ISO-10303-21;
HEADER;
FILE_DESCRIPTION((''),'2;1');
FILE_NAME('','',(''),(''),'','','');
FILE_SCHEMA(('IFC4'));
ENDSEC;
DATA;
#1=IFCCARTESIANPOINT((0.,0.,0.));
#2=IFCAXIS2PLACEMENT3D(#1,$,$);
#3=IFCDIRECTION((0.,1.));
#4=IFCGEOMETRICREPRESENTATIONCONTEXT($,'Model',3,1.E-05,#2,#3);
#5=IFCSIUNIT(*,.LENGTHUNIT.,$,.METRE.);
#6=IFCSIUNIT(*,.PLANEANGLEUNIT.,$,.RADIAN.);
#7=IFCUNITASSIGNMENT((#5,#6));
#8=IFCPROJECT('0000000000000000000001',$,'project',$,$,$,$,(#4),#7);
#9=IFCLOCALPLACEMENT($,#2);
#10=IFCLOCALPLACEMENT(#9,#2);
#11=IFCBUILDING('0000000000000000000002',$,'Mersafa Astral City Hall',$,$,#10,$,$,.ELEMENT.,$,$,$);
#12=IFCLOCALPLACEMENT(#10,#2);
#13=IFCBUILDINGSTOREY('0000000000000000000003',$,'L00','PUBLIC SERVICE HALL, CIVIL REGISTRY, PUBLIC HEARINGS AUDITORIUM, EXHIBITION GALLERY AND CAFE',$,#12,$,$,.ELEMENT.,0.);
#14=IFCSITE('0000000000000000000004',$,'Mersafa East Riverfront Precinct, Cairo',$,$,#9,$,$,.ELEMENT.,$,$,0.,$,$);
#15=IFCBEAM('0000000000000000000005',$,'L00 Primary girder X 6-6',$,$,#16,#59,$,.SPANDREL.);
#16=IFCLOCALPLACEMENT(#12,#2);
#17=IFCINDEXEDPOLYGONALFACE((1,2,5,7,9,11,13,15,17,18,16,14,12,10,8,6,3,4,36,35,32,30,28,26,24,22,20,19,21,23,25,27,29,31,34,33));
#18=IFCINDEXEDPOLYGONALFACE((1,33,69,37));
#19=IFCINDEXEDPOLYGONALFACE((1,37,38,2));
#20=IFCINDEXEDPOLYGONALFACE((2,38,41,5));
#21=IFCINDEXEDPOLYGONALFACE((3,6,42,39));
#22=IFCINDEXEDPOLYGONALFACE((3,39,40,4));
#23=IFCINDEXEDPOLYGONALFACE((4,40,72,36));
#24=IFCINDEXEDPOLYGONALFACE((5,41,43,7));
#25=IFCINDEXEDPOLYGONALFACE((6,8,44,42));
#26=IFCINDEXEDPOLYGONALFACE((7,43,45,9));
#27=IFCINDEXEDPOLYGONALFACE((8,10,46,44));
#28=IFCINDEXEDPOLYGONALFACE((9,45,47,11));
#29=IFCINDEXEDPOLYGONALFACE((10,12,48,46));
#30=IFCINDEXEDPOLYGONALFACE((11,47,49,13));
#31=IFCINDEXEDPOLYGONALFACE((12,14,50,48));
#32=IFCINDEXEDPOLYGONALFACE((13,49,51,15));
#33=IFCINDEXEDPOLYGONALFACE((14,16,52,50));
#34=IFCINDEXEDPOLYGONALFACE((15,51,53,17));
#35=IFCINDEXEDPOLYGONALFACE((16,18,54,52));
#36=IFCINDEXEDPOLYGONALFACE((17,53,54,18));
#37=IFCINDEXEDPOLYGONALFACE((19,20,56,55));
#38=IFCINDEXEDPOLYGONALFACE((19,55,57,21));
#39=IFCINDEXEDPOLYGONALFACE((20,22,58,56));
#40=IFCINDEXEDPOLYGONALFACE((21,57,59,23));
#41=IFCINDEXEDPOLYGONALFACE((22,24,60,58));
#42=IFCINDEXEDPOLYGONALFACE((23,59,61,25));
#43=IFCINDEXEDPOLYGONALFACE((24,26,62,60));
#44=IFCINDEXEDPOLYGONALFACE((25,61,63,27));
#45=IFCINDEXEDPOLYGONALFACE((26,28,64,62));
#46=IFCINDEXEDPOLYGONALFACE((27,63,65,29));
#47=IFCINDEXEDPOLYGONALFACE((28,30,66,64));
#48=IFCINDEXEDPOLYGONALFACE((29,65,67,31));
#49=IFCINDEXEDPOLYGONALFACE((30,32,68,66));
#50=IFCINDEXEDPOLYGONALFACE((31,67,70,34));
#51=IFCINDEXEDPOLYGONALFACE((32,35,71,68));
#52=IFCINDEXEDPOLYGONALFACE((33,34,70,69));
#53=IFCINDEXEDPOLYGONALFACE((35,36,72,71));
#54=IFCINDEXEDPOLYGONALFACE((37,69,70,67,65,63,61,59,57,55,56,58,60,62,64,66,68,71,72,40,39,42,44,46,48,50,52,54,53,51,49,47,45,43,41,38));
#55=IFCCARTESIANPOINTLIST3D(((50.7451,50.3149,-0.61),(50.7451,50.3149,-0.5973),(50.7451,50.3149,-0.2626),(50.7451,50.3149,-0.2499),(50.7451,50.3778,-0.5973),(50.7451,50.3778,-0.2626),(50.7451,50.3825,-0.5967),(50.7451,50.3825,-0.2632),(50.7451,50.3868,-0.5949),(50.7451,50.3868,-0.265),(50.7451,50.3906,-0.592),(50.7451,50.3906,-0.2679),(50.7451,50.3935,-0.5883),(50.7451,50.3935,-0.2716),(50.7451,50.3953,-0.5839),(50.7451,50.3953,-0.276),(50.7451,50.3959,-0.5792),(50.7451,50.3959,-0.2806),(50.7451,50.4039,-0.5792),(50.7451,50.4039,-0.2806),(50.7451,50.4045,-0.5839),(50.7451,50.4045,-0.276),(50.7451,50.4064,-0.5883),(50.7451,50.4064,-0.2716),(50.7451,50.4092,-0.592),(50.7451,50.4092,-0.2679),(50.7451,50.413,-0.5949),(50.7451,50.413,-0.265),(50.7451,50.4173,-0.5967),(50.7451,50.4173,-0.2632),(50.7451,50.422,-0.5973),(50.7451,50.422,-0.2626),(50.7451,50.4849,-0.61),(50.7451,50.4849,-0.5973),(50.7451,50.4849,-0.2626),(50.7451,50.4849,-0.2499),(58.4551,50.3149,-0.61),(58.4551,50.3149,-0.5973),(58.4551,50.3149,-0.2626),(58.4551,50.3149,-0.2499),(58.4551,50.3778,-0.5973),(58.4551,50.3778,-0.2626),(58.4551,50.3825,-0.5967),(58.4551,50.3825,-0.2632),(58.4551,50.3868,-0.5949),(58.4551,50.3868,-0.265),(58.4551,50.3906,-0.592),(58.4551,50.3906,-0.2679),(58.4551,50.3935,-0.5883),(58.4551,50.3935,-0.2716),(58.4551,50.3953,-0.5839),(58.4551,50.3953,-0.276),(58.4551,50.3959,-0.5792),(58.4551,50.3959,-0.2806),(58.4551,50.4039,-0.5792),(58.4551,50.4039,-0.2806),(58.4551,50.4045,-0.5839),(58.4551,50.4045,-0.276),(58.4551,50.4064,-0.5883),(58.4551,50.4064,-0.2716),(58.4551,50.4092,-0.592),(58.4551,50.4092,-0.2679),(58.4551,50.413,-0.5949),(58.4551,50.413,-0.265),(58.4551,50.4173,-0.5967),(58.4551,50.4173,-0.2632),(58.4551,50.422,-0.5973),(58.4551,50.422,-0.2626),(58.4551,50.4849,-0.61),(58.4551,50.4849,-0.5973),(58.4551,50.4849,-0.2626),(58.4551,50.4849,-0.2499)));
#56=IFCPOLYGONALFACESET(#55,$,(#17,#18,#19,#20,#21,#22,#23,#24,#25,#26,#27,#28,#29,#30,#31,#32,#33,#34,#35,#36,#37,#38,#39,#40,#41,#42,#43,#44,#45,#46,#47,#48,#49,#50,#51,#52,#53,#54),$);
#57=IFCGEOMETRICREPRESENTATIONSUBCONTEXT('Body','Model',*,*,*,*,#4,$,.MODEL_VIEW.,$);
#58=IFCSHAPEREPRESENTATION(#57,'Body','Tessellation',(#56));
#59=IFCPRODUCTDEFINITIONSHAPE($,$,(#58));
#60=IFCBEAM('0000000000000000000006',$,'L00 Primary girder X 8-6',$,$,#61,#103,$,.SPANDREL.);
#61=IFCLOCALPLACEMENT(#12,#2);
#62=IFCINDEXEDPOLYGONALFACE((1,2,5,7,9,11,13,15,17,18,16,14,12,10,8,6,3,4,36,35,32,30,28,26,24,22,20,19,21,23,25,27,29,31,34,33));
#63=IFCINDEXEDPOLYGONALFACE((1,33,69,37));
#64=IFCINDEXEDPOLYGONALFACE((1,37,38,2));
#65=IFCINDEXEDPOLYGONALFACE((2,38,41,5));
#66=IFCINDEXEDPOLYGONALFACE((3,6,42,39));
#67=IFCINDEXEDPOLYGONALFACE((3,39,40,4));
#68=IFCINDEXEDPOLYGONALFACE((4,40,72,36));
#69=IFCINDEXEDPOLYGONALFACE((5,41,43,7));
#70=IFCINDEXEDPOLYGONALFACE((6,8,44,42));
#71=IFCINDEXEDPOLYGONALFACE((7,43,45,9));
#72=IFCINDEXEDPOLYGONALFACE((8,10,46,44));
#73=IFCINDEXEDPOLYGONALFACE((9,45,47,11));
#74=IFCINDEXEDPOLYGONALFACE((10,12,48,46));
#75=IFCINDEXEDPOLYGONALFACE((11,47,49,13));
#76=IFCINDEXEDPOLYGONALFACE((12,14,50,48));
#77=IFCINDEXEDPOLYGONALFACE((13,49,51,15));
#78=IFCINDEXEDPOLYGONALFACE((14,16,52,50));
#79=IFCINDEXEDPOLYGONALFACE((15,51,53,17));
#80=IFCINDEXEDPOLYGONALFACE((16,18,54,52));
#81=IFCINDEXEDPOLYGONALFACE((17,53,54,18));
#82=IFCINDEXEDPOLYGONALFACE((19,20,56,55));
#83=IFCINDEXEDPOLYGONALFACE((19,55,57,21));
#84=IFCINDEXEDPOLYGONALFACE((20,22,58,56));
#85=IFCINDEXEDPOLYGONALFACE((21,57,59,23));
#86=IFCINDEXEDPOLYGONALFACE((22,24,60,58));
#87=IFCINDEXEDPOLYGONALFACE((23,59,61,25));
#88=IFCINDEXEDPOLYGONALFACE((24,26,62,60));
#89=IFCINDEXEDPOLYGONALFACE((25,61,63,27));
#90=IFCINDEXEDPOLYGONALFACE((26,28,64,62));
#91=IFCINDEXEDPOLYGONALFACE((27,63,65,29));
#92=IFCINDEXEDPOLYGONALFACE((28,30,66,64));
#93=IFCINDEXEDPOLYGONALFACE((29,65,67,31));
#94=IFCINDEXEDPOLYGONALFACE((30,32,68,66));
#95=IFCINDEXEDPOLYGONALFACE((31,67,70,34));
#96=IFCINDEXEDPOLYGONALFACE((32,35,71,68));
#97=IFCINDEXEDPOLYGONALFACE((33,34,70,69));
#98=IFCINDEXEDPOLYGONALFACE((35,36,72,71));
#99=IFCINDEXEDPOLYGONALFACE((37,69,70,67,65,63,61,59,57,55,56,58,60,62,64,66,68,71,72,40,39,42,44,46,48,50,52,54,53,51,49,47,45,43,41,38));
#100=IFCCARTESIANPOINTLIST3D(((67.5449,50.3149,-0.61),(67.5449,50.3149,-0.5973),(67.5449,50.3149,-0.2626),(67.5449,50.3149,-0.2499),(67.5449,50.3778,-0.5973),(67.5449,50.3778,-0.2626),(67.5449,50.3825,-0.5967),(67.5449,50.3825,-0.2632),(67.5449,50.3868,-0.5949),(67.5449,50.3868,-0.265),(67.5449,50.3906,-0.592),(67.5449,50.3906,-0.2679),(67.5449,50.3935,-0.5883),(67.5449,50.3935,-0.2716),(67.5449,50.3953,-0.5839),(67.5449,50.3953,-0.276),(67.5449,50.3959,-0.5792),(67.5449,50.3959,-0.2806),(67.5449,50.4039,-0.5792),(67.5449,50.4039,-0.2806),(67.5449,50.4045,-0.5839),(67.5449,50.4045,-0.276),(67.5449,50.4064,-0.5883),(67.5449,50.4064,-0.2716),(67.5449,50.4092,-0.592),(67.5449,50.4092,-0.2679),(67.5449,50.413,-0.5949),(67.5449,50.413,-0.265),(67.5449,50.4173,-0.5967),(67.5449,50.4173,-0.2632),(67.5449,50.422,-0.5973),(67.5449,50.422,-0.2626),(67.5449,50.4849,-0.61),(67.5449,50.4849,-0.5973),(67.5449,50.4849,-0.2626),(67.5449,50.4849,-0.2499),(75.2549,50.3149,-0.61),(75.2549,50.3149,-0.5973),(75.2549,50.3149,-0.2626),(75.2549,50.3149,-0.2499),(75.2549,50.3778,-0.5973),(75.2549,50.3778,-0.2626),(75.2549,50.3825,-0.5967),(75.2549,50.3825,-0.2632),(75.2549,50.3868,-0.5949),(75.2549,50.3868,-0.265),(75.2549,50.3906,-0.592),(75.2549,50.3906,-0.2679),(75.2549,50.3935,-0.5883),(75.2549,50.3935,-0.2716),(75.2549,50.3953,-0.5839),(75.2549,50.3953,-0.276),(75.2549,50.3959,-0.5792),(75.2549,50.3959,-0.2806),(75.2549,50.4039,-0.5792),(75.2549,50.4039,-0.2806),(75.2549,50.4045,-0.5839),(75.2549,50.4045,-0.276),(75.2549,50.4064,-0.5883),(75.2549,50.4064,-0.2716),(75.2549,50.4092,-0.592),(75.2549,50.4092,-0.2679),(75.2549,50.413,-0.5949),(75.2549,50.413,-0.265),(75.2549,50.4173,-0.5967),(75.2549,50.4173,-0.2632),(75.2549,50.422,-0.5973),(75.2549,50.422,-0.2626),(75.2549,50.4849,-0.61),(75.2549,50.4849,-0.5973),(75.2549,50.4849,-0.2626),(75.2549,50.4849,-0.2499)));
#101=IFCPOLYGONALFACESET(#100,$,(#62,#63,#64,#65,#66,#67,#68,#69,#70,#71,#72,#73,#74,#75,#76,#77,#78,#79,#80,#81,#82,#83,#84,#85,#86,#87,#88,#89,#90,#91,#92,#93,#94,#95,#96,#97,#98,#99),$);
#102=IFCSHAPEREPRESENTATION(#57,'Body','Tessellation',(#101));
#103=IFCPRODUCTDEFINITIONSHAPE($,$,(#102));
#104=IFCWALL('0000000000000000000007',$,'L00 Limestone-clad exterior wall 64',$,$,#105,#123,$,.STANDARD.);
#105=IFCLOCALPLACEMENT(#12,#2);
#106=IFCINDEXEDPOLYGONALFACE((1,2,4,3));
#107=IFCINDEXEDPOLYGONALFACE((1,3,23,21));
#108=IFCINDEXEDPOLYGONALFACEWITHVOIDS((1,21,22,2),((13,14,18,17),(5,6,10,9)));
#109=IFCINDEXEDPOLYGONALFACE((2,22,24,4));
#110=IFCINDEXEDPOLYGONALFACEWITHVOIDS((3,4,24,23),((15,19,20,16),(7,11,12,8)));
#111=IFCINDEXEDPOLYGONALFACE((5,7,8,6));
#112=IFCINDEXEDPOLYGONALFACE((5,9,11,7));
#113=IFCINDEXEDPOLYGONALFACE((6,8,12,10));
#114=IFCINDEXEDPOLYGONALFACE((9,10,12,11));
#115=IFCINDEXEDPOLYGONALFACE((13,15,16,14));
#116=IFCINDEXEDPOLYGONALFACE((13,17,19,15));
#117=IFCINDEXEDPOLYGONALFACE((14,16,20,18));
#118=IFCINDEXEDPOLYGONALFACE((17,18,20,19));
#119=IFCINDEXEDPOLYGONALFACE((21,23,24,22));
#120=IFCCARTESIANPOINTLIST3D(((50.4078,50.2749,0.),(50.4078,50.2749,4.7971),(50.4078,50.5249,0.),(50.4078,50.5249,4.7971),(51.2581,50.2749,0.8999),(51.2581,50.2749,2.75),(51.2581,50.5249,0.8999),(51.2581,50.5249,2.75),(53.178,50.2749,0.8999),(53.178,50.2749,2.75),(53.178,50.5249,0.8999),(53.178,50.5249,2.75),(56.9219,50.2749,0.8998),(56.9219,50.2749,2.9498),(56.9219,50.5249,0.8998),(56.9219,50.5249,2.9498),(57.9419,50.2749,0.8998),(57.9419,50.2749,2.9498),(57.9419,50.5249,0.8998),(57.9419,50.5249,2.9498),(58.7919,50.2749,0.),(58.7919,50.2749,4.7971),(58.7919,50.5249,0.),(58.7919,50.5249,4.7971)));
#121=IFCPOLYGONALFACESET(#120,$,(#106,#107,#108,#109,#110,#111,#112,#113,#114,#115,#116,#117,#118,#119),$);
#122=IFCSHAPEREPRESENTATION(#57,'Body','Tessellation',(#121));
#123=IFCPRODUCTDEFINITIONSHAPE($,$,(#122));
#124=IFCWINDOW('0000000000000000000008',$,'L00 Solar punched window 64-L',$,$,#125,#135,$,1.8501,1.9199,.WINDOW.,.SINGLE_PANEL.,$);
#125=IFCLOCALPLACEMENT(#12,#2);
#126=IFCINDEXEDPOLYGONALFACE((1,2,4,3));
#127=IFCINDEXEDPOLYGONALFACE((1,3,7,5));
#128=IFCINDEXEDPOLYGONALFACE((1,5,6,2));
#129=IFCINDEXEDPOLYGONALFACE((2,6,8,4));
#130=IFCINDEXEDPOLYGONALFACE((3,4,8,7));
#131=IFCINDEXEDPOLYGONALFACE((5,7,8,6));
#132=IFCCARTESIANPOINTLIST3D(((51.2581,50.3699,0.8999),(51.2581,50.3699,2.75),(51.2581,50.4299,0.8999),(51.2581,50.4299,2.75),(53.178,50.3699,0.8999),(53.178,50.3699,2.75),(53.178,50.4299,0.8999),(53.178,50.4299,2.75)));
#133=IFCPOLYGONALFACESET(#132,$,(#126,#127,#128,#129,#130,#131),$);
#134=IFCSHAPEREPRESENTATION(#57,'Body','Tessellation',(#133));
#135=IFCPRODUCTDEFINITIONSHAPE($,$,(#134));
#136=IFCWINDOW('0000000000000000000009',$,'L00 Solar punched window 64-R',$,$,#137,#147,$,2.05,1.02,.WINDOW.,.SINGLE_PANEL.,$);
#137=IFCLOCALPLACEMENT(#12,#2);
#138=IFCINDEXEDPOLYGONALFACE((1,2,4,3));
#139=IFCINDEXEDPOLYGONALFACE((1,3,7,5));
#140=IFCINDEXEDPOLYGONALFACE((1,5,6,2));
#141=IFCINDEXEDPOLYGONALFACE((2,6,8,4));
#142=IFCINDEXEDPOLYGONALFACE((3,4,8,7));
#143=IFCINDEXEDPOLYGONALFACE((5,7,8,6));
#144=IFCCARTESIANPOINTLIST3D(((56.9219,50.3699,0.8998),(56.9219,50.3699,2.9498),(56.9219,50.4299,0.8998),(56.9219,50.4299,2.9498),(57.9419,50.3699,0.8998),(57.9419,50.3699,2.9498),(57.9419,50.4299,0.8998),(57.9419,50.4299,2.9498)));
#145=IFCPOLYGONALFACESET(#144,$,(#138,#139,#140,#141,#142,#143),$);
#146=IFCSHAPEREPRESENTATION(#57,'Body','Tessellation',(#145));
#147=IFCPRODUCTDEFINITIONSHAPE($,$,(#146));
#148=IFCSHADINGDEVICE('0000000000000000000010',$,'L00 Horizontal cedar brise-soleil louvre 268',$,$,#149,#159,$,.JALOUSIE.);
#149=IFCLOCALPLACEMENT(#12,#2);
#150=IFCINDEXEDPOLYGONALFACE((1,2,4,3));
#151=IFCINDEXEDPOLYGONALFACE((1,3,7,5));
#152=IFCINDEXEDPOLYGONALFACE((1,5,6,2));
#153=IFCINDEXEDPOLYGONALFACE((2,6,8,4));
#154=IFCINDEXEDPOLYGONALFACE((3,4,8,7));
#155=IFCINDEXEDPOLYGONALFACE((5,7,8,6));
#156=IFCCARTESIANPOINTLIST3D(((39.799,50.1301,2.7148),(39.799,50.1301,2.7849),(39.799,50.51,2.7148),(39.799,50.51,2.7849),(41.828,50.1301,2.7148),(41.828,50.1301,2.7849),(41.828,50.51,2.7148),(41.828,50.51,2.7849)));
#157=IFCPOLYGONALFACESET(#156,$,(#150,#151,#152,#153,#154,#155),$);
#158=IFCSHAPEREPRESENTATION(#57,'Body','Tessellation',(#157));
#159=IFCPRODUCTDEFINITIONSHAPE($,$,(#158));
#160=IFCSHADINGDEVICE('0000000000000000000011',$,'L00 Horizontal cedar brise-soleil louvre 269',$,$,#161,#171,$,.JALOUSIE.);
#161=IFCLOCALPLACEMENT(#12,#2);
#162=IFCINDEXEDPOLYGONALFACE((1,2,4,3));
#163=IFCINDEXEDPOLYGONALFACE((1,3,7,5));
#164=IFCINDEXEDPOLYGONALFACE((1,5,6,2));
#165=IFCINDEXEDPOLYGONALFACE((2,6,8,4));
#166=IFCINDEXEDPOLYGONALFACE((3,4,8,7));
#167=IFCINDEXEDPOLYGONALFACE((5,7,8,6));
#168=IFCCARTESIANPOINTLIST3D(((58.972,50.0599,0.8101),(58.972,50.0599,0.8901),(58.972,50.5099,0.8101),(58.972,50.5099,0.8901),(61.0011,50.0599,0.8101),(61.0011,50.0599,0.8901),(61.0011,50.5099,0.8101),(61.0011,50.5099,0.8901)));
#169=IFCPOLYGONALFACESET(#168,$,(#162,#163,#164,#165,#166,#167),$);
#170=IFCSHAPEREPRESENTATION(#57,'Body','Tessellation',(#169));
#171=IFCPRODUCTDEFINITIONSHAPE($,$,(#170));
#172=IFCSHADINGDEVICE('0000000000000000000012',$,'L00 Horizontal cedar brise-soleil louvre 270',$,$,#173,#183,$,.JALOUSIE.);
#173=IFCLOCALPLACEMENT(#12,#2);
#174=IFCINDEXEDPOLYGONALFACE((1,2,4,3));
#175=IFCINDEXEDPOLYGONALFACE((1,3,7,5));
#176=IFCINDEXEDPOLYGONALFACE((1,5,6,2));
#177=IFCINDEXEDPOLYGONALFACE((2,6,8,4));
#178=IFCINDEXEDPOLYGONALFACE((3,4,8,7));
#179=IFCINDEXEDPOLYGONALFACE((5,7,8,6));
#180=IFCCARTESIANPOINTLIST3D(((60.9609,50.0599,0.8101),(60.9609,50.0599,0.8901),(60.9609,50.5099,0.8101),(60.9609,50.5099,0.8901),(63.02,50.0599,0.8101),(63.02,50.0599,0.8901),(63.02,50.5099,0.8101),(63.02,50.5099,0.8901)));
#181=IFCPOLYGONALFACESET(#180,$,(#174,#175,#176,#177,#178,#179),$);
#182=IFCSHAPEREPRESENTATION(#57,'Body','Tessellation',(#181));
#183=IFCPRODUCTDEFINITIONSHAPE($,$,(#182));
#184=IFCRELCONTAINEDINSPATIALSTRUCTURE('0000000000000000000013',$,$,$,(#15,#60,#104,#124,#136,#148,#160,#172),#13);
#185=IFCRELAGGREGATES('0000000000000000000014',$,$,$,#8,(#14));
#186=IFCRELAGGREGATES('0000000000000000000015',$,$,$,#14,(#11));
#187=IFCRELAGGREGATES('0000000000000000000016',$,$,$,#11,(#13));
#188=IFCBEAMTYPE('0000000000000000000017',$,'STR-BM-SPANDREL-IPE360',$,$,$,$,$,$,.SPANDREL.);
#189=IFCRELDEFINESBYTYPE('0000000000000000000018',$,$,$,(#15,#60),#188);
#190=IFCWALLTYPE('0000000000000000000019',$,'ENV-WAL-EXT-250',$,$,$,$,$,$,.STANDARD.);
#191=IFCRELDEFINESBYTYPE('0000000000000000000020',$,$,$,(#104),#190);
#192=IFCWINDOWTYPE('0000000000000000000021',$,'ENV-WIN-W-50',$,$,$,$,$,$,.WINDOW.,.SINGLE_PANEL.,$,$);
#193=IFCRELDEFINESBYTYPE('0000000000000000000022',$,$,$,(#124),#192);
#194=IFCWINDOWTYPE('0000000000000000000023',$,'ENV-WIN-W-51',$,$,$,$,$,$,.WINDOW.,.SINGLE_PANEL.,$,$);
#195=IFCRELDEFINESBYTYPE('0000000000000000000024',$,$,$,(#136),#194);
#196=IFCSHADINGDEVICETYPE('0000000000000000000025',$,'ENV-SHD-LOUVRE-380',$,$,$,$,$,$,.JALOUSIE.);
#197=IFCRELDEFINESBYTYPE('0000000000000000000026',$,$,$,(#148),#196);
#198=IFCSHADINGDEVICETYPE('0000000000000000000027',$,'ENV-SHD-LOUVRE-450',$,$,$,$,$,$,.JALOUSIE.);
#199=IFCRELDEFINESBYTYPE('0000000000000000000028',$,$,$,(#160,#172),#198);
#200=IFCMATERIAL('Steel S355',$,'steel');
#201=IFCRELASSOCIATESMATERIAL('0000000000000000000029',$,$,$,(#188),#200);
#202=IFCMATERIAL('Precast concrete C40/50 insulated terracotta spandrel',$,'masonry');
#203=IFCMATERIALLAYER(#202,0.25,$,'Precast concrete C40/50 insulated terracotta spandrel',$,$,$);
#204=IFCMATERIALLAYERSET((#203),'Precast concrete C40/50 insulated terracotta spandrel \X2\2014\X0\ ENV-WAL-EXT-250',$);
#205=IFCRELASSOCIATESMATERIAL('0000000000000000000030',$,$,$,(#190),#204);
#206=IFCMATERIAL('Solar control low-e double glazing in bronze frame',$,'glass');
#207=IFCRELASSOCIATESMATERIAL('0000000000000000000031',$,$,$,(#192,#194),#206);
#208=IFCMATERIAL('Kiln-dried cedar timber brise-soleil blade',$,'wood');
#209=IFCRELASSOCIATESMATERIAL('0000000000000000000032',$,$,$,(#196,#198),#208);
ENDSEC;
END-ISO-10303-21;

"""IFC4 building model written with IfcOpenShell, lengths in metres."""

from ifc_helpers import new_model, si_unit, direction, frame, frame_2d, origin, origin_2d, place, context, subcontext, project, spatial, rectangle, i_section, extrude, material, layer, layer_set, material_profile, profile_set, type_object, element, fill, save


model = new_model("IFC4")

# Units and contexts
model_context = context("Model", 3, precision=1e-05, world=origin(), true_north=direction((0.0, 1.0)))
body_context = subcontext(model_context, "Body", "Model", "MODEL_VIEW")
ifc_project = project(units=[si_unit("LENGTHUNIT", "METRE"), si_unit("PLANEANGLEUNIT", "RADIAN")], contexts=[model_context])

# Site, building, storey
site_placement = place(None, origin())
site = spatial("IfcSite", under=ifc_project, at=site_placement, Name="Mersafa East Riverfront Precinct, Cairo", CompositionType="ELEMENT", RefElevation=0.0)
building_placement = place(site_placement, origin())
building = spatial("IfcBuilding", under=site, at=building_placement, Name="Mersafa Astral City Hall", CompositionType="ELEMENT")
storey_placement = place(building_placement, origin())
storey = spatial("IfcBuildingStorey", under=building, at=storey_placement, Name="L00", Description="PUBLIC SERVICE HALL, CIVIL REGISTRY, PUBLIC HEARINGS AUDITORIUM, EXHIBITION GALLERY AND CAFE", CompositionType="ELEMENT", Elevation=0.0)

# Shared definitions
ifc_material_1 = material(Name="Steel S355", Category="steel")

# Beams
ifc_material_profile_1 = material_profile(ifc_material_1, i_section(OverallWidth=0.1699, OverallDepth=0.3601, WebThickness=0.0081, FlangeThickness=0.0127, FilletRadius=0.0181, at=origin_2d()), Name="IPE 360")
ifc_profile_set_1 = profile_set([ifc_material_profile_1], Name="Steel S355")
beam_type_1 = type_object("IfcBeamType", Name="STR-BM-SPANDREL-IPE360", PredefinedType="SPANDREL", material=ifc_profile_set_1)
for number, where, z_axis, x_axis, name in (
    (1, (50.7451, 50.3999, -0.4299), (1.0, 0.0, 0.0), (0.0, 1.0, 0.0), "L00 Primary girder X 6-6"),
    (2, (67.5449, 50.3999, -0.4299), (1.0, 0.0, 0.0), (0.0, 1.0, 0.0), "L00 Primary girder X 8-6"),
):
    element("IfcBeam", number, at=place(storey_placement, frame(where, z_axis=z_axis, x_axis=x_axis)), inside=storey, type_object=beam_type_1, Name=name, PredefinedType="SPANDREL", context=body_context, shape_type="SweptSolid", body=[
        extrude(i_section(OverallWidth=0.1699, OverallDepth=0.3601, WebThickness=0.0081, FlangeThickness=0.0127, FilletRadius=0.0181, at=origin_2d()), origin(), (0.0, 0.0, 1.0), 7.71),
    ])

# Wall, openings, windows
ifc_material_2 = material(Name="Precast concrete C40/50 insulated terracotta spandrel", Category="masonry")
ifc_layer_1 = layer(ifc_material_2, 0.25, Name="Precast concrete C40/50 insulated terracotta spandrel")
ifc_layer_set_1 = layer_set([ifc_layer_1], Name="Precast concrete C40/50 insulated terracotta spandrel — ENV-WAL-EXT-250")
wall_type_1 = type_object("IfcWallType", Name="ENV-WAL-EXT-250", PredefinedType="STANDARD", material=ifc_layer_set_1)
wall_1_placement = place(storey_placement, frame((50.408, 50.3999, 0.0), z_axis=(0.0, 0.0, 1.0), x_axis=(1.0, 0.0, 0.0)))
wall_1 = element("IfcWall", 3, at=wall_1_placement, inside=storey, type_object=wall_type_1, Name="L00 Limestone-clad exterior wall 64", PredefinedType="STANDARD", context=body_context, shape_type="SweptSolid", body=[
    extrude(rectangle(XDim=8.384, YDim=0.25, at=frame_2d((4.1919, 0.0))), origin(), (0.0, 0.0, 1.0), 4.7971),
])
opening_1_placement = place(wall_1_placement, frame((0.8501, 0.0, 0.8999)))
opening_1 = element("IfcOpeningElement", 4, at=opening_1_placement, cuts=wall_1, PredefinedType="OPENING", context=body_context, shape_type="SweptSolid", body=[
    extrude(rectangle(XDim=1.9199, YDim=1.8501, at=frame_2d((0.96, 0.925))), frame((0.0, 0.135, 0.0), z_axis=(0.0, -1.0, 0.0), x_axis=(1.0, 0.0, 0.0)), (0.0, 0.0, 1.0), 0.27),
])
opening_2_placement = place(wall_1_placement, frame((6.5139, 0.0, 0.8999)))
opening_2 = element("IfcOpeningElement", 5, at=opening_2_placement, cuts=wall_1, PredefinedType="OPENING", context=body_context, shape_type="SweptSolid", body=[
    extrude(rectangle(XDim=1.02, YDim=2.05, at=frame_2d((0.51, 1.0249))), frame((0.0, 0.135, 0.0), z_axis=(0.0, -1.0, 0.0), x_axis=(1.0, 0.0, 0.0)), (0.0, 0.0, 1.0), 0.27),
])
ifc_material_3 = material(Name="Solar control low-e double glazing in bronze frame", Category="glass")
window_type_1 = type_object("IfcWindowType", Name="ENV-WIN-W-50", PartitioningType="SINGLE_PANEL", PredefinedType="WINDOW", material=ifc_material_3)
window_1_placement = place(opening_1_placement, origin())
window_1 = element("IfcWindow", 6, at=window_1_placement, inside=storey, type_object=window_type_1, Name="L00 Solar punched window 64-L", OverallHeight=1.8501, OverallWidth=1.9199, PartitioningType="SINGLE_PANEL", PredefinedType="WINDOW", context=body_context, shape_type="SweptSolid", body=[
    extrude(rectangle(XDim=1.9199, YDim=1.8501, at=frame_2d((0.96, 0.925))), frame((0.0, 0.03, 0.0), z_axis=(0.0, -1.0, 0.0), x_axis=(1.0, 0.0, 0.0)), (0.0, 0.0, 1.0), 0.0601),
])
fill(opening_1, window_1)
window_type_2 = type_object("IfcWindowType", Name="ENV-WIN-W-51", PartitioningType="SINGLE_PANEL", PredefinedType="WINDOW", material=ifc_material_3)
window_2_placement = place(opening_2_placement, origin())
window_2 = element("IfcWindow", 7, at=window_2_placement, inside=storey, type_object=window_type_2, Name="L00 Solar punched window 64-R", OverallHeight=2.05, OverallWidth=1.02, PartitioningType="SINGLE_PANEL", PredefinedType="WINDOW", context=body_context, shape_type="SweptSolid", body=[
    extrude(rectangle(XDim=1.02, YDim=2.05, at=frame_2d((0.51, 1.0249))), frame((0.0, 0.03, 0.0), z_axis=(0.0, -1.0, 0.0), x_axis=(1.0, 0.0, 0.0)), (0.0, 0.0, 1.0), 0.0601),
])
fill(opening_2, window_2)

# Shading devices
ifc_material_4 = material(Name="Kiln-dried cedar timber brise-soleil blade", Category="wood")
shading_device_type_1 = type_object("IfcShadingDeviceType", Name="ENV-SHD-LOUVRE-380", PredefinedType="JALOUSIE", material=ifc_material_4)
shading_device_1_placement = place(storey_placement, frame((40.8135, 50.3201, 2.7148), z_axis=(0.0, 0.0, 1.0), x_axis=(1.0, 0.0, 0.0)))
element("IfcShadingDevice", 8, at=shading_device_1_placement, inside=storey, type_object=shading_device_type_1, Name="L00 Horizontal cedar brise-soleil louvre 268", PredefinedType="JALOUSIE", context=body_context, shape_type="SweptSolid", body=[
    extrude(rectangle(XDim=2.0291, YDim=0.3799, at=origin_2d()), origin(), (0.0, 0.0, 1.0), 0.0701),
])
shading_device_type_2 = type_object("IfcShadingDeviceType", Name="ENV-SHD-LOUVRE-450", PredefinedType="JALOUSIE", material=ifc_material_4)
shading_device_2_placement = place(storey_placement, frame((59.9866, 50.2849, 0.8101), z_axis=(0.0, 0.0, 1.0), x_axis=(1.0, 0.0, 0.0)))
element("IfcShadingDevice", 9, at=shading_device_2_placement, inside=storey, type_object=shading_device_type_2, Name="L00 Horizontal cedar brise-soleil louvre 269", PredefinedType="JALOUSIE", context=body_context, shape_type="SweptSolid", body=[
    extrude(rectangle(XDim=2.0291, YDim=0.45, at=origin_2d()), origin(), (0.0, 0.0, 1.0), 0.0801),
])
for number, where, z_axis, x_axis, name in (
    (10, (61.9905, 50.2849, 0.8101), (0.0, 0.0, 1.0), (1.0, 0.0, 0.0), "L00 Horizontal cedar brise-soleil louvre 270"),
):
    element("IfcShadingDevice", number, at=place(storey_placement, frame(where, z_axis=z_axis, x_axis=x_axis)), inside=storey, type_object=shading_device_type_2, Name=name, PredefinedType="JALOUSIE", context=body_context, shape_type="SweptSolid", body=[
        extrude(rectangle(XDim=2.0591, YDim=0.45, at=origin_2d()), origin(), (0.0, 0.0, 1.0), 0.0801),
    ])

save(model, "model.ifc")
